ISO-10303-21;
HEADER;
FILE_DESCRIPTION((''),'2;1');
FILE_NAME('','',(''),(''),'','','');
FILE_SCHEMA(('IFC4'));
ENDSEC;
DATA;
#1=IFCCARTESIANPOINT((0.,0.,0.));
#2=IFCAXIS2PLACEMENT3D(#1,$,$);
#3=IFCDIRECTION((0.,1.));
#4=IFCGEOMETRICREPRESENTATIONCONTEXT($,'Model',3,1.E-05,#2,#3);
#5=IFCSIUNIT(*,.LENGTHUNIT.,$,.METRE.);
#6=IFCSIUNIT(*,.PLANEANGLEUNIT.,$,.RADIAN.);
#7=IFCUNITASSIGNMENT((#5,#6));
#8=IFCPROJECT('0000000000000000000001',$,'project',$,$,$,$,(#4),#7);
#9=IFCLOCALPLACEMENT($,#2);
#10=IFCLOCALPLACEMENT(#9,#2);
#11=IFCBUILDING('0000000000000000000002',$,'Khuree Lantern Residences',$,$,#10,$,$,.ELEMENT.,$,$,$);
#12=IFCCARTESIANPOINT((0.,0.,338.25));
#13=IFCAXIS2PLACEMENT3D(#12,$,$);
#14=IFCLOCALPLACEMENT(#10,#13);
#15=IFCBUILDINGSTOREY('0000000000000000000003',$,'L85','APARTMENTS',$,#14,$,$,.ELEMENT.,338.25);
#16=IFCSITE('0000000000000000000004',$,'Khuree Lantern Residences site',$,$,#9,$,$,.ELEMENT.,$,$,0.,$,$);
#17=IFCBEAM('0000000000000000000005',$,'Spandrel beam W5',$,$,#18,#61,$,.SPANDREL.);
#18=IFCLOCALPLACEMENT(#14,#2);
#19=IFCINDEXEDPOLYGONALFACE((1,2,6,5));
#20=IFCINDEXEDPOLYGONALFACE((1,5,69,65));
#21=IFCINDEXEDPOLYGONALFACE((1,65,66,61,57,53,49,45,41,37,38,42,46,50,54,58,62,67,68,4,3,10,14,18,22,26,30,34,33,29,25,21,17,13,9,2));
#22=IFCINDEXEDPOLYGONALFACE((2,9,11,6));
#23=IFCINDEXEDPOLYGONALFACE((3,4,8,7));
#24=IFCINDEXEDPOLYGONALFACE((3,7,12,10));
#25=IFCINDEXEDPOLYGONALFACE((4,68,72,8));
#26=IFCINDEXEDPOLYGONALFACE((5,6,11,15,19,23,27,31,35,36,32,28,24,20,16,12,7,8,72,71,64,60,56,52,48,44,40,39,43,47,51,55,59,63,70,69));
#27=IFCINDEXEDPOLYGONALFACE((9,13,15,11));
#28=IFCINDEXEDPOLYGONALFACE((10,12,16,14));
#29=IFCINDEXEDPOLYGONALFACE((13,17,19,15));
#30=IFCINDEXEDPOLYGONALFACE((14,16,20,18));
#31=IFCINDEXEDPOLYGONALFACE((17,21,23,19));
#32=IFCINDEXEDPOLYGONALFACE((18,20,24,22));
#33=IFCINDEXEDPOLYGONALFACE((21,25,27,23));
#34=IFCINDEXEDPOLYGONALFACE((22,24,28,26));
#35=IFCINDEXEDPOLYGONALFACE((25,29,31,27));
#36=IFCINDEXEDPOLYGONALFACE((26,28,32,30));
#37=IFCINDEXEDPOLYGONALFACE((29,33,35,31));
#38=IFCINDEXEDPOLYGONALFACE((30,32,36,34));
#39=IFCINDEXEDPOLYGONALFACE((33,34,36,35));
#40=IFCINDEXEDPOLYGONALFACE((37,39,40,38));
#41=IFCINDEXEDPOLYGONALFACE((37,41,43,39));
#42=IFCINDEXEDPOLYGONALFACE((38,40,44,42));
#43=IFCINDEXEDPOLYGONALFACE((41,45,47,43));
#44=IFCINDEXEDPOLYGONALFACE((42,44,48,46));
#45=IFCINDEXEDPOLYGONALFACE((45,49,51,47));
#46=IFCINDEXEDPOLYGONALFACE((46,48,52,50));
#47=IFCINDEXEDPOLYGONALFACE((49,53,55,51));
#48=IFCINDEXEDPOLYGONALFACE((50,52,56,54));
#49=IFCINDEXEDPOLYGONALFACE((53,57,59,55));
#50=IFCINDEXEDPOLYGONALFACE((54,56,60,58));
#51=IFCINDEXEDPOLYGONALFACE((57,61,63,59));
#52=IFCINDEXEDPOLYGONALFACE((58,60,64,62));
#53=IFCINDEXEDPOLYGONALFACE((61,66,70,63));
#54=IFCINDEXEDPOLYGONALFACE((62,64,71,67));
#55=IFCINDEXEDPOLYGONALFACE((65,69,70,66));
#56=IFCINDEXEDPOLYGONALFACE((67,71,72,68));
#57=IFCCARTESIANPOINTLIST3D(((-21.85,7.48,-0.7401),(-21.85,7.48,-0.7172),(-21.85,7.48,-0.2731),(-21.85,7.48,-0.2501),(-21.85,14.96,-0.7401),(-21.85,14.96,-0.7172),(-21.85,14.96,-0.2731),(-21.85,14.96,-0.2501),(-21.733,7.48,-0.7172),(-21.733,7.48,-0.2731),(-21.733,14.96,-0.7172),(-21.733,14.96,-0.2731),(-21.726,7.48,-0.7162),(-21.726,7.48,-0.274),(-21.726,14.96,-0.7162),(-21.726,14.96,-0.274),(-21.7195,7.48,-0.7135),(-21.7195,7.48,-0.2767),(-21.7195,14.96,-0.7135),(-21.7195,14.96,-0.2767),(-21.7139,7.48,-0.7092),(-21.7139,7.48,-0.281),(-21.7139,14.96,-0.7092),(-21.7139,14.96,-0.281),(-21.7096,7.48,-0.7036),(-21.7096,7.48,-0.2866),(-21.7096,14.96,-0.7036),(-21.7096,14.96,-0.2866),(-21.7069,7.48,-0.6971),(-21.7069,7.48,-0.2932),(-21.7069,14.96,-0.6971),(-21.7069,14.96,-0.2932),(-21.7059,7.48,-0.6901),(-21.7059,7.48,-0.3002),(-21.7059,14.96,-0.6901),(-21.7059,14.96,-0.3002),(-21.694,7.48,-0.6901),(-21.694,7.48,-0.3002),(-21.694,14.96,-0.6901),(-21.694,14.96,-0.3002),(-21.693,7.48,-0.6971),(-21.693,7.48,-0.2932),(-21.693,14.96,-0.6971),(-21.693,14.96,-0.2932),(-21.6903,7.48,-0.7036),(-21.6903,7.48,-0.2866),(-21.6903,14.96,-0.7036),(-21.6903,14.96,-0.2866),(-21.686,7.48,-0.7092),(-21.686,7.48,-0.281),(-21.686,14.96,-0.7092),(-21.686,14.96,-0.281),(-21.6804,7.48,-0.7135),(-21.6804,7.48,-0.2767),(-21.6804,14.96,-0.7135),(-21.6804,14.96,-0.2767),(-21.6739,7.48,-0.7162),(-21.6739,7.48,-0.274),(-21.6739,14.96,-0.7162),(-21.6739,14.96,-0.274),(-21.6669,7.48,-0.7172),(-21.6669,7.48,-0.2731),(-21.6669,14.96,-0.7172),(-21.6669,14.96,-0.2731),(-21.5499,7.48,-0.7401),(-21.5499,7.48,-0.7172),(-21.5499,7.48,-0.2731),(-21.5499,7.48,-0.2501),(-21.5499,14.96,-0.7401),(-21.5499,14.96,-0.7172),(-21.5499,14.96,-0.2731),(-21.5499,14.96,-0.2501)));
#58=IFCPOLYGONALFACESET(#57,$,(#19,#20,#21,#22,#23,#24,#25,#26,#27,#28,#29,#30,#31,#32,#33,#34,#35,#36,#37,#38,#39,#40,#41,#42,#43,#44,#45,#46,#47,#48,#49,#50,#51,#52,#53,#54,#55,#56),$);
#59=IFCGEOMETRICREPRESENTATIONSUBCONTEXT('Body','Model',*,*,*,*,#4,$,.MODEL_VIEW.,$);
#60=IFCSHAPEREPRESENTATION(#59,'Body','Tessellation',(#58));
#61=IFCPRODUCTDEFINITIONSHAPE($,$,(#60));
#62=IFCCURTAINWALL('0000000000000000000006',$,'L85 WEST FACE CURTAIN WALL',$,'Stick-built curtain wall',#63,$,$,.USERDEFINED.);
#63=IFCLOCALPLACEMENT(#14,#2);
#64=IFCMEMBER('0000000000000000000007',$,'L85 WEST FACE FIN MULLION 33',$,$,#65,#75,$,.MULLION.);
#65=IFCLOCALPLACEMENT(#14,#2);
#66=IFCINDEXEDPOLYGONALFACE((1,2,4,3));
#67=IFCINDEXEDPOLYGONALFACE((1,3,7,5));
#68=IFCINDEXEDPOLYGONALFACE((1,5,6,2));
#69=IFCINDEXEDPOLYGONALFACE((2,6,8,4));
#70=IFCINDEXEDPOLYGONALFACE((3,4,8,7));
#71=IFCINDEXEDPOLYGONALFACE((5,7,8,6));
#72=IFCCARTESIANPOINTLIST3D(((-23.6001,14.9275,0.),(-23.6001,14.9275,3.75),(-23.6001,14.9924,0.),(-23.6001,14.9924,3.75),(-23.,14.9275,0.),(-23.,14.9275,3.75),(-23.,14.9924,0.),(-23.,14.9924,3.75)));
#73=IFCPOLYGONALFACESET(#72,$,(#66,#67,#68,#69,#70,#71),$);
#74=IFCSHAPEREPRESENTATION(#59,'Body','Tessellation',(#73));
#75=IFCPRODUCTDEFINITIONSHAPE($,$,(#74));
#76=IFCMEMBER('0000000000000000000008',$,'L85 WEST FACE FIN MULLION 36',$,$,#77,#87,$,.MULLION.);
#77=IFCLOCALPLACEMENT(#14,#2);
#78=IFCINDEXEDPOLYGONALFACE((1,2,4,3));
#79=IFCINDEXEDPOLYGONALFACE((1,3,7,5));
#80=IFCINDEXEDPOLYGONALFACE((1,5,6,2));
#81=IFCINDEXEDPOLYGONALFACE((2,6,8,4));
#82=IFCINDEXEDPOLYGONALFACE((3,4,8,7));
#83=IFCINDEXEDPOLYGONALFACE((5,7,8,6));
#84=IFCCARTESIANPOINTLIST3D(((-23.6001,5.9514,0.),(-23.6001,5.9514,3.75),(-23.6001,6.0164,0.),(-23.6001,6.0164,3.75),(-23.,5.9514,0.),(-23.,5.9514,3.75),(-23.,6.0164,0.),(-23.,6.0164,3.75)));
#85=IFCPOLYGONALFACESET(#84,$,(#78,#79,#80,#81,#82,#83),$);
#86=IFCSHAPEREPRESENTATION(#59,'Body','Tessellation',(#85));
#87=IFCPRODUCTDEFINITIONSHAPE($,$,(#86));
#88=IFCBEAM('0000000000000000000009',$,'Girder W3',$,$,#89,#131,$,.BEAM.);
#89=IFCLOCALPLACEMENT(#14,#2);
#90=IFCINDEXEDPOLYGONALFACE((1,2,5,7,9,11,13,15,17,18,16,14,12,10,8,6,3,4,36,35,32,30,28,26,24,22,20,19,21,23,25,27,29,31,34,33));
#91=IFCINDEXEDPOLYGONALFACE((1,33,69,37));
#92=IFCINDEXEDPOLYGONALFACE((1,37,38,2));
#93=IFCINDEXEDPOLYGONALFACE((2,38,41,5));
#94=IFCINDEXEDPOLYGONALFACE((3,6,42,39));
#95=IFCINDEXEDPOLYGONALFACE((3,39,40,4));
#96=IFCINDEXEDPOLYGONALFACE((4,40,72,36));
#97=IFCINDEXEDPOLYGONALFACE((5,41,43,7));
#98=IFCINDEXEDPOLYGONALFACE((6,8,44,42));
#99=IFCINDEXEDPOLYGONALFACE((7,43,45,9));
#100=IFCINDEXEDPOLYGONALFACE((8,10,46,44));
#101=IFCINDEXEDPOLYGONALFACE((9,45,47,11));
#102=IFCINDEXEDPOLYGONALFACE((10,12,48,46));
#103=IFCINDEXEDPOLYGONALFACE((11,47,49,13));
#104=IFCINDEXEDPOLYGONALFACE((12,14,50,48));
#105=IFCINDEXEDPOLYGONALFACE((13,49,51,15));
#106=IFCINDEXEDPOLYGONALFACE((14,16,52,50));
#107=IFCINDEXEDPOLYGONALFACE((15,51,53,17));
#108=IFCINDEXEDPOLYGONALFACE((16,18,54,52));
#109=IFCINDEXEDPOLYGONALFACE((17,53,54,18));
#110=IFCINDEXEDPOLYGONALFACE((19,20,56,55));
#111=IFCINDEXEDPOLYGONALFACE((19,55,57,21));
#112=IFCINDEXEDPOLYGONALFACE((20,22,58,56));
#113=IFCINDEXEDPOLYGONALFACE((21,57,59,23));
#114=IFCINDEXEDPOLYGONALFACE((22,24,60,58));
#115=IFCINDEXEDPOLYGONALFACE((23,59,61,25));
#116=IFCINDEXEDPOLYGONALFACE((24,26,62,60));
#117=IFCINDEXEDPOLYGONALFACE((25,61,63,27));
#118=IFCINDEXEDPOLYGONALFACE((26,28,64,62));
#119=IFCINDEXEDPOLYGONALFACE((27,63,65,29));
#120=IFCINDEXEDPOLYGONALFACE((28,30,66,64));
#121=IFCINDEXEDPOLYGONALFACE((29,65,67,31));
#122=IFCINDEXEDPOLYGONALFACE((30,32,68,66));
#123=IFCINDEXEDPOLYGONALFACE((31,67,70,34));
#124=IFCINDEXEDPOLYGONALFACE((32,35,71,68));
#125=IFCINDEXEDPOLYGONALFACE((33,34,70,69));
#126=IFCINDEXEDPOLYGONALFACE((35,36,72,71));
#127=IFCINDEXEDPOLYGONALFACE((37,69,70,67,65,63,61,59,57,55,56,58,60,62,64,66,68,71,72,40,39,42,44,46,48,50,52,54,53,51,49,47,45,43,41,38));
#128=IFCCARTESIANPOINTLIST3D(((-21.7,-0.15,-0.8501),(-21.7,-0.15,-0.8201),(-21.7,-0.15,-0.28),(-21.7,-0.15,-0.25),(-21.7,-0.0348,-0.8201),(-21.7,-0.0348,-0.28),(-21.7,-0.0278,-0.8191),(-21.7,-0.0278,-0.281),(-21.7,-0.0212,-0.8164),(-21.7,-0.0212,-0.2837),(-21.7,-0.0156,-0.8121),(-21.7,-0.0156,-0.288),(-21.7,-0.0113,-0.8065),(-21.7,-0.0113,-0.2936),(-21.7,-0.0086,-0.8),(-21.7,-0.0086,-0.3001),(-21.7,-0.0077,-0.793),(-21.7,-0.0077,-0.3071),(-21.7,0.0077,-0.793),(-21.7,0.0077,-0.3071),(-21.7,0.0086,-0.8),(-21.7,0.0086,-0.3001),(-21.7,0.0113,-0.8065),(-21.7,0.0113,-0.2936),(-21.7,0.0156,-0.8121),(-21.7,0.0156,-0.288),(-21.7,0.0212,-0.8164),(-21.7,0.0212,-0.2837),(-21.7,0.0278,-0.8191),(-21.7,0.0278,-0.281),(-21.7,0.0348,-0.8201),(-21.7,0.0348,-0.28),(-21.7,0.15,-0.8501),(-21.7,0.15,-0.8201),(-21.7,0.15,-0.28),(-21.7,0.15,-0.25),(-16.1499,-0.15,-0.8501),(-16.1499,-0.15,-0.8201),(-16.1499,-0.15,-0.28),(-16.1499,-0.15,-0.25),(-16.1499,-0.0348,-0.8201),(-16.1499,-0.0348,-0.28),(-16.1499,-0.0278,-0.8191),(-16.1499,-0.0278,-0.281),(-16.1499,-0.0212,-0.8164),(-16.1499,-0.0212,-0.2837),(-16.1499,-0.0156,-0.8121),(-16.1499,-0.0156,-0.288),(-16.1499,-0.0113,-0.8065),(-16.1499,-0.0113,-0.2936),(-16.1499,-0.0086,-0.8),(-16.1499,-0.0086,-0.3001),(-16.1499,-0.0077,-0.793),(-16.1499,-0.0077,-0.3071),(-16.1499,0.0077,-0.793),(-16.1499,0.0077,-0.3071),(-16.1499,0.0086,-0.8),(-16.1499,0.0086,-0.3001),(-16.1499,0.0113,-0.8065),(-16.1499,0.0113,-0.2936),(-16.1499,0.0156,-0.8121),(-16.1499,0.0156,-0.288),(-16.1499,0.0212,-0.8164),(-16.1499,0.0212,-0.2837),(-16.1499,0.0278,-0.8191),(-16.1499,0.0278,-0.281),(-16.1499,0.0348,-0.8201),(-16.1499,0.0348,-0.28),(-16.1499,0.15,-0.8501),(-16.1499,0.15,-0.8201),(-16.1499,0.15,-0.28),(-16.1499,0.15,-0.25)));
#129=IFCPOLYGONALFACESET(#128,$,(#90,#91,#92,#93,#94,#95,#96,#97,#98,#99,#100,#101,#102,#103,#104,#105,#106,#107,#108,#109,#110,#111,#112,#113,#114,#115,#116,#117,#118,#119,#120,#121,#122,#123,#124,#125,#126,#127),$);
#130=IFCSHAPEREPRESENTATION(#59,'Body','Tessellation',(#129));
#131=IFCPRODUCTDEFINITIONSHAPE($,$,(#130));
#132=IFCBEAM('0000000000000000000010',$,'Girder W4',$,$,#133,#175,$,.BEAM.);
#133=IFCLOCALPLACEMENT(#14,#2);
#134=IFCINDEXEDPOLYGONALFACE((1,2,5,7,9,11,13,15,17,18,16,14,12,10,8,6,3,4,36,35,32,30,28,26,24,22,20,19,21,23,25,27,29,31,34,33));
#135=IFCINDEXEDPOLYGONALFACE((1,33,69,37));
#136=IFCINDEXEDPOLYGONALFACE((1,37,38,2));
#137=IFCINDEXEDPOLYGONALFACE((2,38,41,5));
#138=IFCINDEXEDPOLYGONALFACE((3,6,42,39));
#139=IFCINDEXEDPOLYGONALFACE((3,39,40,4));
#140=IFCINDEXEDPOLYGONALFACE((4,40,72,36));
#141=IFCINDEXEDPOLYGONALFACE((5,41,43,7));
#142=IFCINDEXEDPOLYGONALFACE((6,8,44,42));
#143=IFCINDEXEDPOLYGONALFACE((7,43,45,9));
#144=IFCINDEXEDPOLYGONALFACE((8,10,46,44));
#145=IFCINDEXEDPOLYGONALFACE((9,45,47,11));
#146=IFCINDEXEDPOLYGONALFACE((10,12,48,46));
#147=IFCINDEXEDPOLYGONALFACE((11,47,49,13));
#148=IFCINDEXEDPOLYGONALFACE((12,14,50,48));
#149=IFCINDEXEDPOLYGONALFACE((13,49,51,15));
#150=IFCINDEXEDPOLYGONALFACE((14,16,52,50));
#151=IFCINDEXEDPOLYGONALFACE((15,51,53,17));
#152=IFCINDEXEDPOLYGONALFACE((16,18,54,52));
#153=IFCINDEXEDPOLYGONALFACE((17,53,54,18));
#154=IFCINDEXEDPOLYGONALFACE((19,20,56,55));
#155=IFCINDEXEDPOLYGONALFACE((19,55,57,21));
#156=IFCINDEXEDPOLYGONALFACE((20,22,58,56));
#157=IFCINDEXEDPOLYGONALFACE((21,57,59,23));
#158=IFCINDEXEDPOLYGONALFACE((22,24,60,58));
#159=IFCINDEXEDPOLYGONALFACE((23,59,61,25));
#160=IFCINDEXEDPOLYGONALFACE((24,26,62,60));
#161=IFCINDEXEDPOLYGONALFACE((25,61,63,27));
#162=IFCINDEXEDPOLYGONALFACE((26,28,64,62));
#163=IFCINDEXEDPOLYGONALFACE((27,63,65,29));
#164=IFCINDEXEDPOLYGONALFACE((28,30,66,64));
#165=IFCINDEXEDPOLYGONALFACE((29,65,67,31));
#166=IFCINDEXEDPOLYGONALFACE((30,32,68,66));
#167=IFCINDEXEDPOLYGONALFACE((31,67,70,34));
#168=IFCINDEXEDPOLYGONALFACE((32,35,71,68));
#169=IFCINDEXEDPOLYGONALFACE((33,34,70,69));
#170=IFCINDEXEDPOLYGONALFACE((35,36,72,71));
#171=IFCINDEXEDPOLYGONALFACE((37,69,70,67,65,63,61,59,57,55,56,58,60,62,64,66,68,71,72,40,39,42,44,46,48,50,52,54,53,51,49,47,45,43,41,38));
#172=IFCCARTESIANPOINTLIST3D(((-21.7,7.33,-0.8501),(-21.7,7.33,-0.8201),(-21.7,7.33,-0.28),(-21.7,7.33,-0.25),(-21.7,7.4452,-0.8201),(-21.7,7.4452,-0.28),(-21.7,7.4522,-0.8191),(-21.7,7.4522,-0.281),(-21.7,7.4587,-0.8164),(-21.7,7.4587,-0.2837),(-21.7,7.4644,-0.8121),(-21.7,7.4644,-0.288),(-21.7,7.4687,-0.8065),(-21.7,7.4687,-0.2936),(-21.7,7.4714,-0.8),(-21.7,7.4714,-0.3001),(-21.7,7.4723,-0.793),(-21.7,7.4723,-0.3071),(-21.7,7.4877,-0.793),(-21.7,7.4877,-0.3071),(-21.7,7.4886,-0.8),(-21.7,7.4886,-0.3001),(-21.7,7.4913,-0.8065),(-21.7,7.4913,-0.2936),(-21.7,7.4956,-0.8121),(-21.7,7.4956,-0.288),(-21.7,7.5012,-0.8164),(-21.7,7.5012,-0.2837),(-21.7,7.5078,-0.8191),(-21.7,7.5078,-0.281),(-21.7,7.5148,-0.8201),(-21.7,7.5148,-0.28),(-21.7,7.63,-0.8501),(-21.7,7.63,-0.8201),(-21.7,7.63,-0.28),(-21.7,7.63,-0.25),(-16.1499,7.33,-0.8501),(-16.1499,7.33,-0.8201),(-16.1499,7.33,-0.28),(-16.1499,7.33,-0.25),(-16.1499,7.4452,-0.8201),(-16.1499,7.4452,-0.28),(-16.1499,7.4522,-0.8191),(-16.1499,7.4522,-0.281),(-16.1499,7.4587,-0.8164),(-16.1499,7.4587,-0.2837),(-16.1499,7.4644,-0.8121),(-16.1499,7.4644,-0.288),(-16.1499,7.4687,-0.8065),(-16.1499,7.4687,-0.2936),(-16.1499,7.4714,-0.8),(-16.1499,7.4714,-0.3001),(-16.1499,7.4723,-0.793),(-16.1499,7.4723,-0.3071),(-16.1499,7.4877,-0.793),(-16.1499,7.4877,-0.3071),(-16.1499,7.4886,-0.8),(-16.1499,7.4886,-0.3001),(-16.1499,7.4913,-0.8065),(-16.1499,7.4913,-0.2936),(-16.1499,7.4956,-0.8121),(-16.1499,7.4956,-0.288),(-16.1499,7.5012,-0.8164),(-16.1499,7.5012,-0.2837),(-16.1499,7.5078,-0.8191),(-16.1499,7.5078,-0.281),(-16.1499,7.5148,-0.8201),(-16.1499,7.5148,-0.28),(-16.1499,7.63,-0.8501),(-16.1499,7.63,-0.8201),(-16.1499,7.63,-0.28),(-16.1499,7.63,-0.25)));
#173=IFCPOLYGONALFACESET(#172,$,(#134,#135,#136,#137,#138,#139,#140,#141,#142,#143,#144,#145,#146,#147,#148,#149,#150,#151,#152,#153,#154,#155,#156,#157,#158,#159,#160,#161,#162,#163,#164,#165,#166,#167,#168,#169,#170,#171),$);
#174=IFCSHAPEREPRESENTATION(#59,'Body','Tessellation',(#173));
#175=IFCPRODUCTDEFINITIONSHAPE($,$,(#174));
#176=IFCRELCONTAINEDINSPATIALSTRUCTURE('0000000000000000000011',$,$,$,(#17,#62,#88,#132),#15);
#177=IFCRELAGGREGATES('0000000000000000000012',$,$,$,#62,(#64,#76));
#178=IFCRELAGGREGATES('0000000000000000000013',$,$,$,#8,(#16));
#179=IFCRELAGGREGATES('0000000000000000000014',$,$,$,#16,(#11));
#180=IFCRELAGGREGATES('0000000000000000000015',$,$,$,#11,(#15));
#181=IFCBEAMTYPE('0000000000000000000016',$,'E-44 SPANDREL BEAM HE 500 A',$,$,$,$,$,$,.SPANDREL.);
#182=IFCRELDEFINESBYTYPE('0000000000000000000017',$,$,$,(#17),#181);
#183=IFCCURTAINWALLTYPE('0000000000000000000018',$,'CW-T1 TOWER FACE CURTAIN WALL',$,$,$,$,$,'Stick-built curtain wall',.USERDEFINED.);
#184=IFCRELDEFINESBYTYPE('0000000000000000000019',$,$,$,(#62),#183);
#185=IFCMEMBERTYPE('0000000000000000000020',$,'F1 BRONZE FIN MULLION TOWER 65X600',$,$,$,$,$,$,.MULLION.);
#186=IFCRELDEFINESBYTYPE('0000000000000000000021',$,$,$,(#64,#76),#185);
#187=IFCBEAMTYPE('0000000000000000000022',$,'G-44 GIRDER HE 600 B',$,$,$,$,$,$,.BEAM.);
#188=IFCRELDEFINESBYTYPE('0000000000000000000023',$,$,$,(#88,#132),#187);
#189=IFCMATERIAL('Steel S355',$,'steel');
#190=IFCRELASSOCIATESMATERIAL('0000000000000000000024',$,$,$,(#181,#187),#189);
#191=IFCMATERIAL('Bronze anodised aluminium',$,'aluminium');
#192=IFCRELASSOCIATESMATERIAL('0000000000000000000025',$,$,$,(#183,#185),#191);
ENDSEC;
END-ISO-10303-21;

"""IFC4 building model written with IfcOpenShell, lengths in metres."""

from ifc_helpers import new_model, si_unit, direction, frame, origin, origin_2d, place, context, subcontext, project, spatial, rectangle, i_section, extrude, material, material_profile, profile_set, type_object, element, aggregate, save


model = new_model("IFC4")

# Units and contexts
model_context = context("Model", 3, precision=1e-05, world=origin(), true_north=direction((0.0, 1.0)))
body_context = subcontext(model_context, "Body", "Model", "MODEL_VIEW")
ifc_project = project(units=[si_unit("LENGTHUNIT", "METRE"), si_unit("PLANEANGLEUNIT", "RADIAN")], contexts=[model_context])

# Site, building, storey
site_placement = place(None, origin())
site = spatial("IfcSite", under=ifc_project, at=site_placement, Name="Khuree Lantern Residences site", CompositionType="ELEMENT", RefElevation=0.0)
building_placement = place(site_placement, origin())
building = spatial("IfcBuilding", under=site, at=building_placement, Name="Khuree Lantern Residences", CompositionType="ELEMENT")
storey_placement = place(building_placement, frame((0.0, 0.0, 338.25)))
storey = spatial("IfcBuildingStorey", under=building, at=storey_placement, Name="L85", Description="APARTMENTS", CompositionType="ELEMENT", Elevation=338.25)

# Beam
ifc_material_1 = material(Name="Steel S355", Category="steel")
ifc_material_profile_1 = material_profile(ifc_material_1, i_section(OverallWidth=0.3, OverallDepth=0.49, WebThickness=0.012, FlangeThickness=0.0229, FilletRadius=0.0271, at=origin_2d()), Name="HE 500 A")
ifc_profile_set_1 = profile_set([ifc_material_profile_1], Name="Steel S355")
beam_type_1 = type_object("IfcBeamType", Name="E-44 SPANDREL BEAM HE 500 A", PredefinedType="SPANDREL", material=ifc_profile_set_1)
for number, where, z_axis, x_axis, name in (
    (1, (-21.7, 7.48, -0.4951), (0.0, 1.0, 0.0), (-1.0, 0.0, 0.0), "Spandrel beam W5"),
):
    element("IfcBeam", number, at=place(storey_placement, frame(where, z_axis=z_axis, x_axis=x_axis)), inside=storey, type_object=beam_type_1, Name=name, PredefinedType="SPANDREL", context=body_context, shape_type="SweptSolid", body=[
        extrude(i_section(OverallWidth=0.3, OverallDepth=0.49, WebThickness=0.012, FlangeThickness=0.0229, FilletRadius=0.0271, at=origin_2d()), origin(), (0.0, 0.0, 1.0), 7.48),
    ])

# Curtain wall, members
ifc_material_2 = material(Name="Bronze anodised aluminium", Category="aluminium")
curtain_wall_type = type_object("IfcCurtainWallType", Name="CW-T1 TOWER FACE CURTAIN WALL", ElementType="Stick-built curtain wall", PredefinedType="USERDEFINED", material=ifc_material_2)
curtain_wall_placement = place(storey_placement, origin())
curtain_wall = element("IfcCurtainWall", 2, at=curtain_wall_placement, inside=storey, type_object=curtain_wall_type, Name="L85 WEST FACE CURTAIN WALL", ObjectType="Stick-built curtain wall", PredefinedType="USERDEFINED")
ifc_material_profile_2 = material_profile(ifc_material_2, rectangle(XDim=0.0649, YDim=0.6001, at=origin_2d()), Name="F1 65X600")
ifc_profile_set_2 = profile_set([ifc_material_profile_2], Name="Bronze anodised aluminium")
member_type_1 = type_object("IfcMemberType", Name="F1 BRONZE FIN MULLION TOWER 65X600", PredefinedType="MULLION", material=ifc_profile_set_2)
member_1_placement = place(storey_placement, frame((-23.3, 14.96, 0.0), z_axis=(0.0, 0.0, 1.0), x_axis=(0.0, -1.0, 0.0)))
member_1 = element("IfcMember", 3, at=member_1_placement, type_object=member_type_1, Name="L85 WEST FACE FIN MULLION 33", PredefinedType="MULLION", context=body_context, shape_type="SweptSolid", body=[
    extrude(rectangle(XDim=0.0649, YDim=0.6001, at=origin_2d()), origin(), (0.0, 0.0, 1.0), 3.75),
])
member_2_placement = place(storey_placement, frame((-23.3, 5.9839, 0.0), z_axis=(0.0, 0.0, 1.0), x_axis=(0.0, -1.0, 0.0)))
member_2 = element("IfcMember", 4, at=member_2_placement, type_object=member_type_1, Name="L85 WEST FACE FIN MULLION 36", PredefinedType="MULLION", context=body_context, shape_type="SweptSolid", body=[
    extrude(rectangle(XDim=0.0649, YDim=0.6001, at=origin_2d()), origin(), (0.0, 0.0, 1.0), 3.75),
])

# Beams
ifc_material_profile_3 = material_profile(ifc_material_1, i_section(OverallWidth=0.3, OverallDepth=0.6001, WebThickness=0.0154, FlangeThickness=0.03, FilletRadius=0.0271, at=origin_2d()), Name="HE 600 B")
ifc_profile_set_3 = profile_set([ifc_material_profile_3], Name="Steel S355")
beam_type_2 = type_object("IfcBeamType", Name="G-44 GIRDER HE 600 B", PredefinedType="BEAM", material=ifc_profile_set_3)
for number, where, z_axis, x_axis, name in (
    (5, (-21.7, 0.0, -0.55), (1.0, 0.0, 0.0), (0.0, 1.0, 0.0), "Girder W3"),
    (6, (-21.7, 7.48, -0.55), (1.0, 0.0, 0.0), (0.0, 1.0, 0.0), "Girder W4"),
):
    element("IfcBeam", number, at=place(storey_placement, frame(where, z_axis=z_axis, x_axis=x_axis)), inside=storey, type_object=beam_type_2, Name=name, PredefinedType="BEAM", context=body_context, shape_type="SweptSolid", body=[
        extrude(i_section(OverallWidth=0.3, OverallDepth=0.6001, WebThickness=0.0154, FlangeThickness=0.03, FilletRadius=0.0271, at=origin_2d()), origin(), (0.0, 0.0, 1.0), 5.55),
    ])

aggregate(curtain_wall, [member_1, member_2])

save(model, "model.ifc")
